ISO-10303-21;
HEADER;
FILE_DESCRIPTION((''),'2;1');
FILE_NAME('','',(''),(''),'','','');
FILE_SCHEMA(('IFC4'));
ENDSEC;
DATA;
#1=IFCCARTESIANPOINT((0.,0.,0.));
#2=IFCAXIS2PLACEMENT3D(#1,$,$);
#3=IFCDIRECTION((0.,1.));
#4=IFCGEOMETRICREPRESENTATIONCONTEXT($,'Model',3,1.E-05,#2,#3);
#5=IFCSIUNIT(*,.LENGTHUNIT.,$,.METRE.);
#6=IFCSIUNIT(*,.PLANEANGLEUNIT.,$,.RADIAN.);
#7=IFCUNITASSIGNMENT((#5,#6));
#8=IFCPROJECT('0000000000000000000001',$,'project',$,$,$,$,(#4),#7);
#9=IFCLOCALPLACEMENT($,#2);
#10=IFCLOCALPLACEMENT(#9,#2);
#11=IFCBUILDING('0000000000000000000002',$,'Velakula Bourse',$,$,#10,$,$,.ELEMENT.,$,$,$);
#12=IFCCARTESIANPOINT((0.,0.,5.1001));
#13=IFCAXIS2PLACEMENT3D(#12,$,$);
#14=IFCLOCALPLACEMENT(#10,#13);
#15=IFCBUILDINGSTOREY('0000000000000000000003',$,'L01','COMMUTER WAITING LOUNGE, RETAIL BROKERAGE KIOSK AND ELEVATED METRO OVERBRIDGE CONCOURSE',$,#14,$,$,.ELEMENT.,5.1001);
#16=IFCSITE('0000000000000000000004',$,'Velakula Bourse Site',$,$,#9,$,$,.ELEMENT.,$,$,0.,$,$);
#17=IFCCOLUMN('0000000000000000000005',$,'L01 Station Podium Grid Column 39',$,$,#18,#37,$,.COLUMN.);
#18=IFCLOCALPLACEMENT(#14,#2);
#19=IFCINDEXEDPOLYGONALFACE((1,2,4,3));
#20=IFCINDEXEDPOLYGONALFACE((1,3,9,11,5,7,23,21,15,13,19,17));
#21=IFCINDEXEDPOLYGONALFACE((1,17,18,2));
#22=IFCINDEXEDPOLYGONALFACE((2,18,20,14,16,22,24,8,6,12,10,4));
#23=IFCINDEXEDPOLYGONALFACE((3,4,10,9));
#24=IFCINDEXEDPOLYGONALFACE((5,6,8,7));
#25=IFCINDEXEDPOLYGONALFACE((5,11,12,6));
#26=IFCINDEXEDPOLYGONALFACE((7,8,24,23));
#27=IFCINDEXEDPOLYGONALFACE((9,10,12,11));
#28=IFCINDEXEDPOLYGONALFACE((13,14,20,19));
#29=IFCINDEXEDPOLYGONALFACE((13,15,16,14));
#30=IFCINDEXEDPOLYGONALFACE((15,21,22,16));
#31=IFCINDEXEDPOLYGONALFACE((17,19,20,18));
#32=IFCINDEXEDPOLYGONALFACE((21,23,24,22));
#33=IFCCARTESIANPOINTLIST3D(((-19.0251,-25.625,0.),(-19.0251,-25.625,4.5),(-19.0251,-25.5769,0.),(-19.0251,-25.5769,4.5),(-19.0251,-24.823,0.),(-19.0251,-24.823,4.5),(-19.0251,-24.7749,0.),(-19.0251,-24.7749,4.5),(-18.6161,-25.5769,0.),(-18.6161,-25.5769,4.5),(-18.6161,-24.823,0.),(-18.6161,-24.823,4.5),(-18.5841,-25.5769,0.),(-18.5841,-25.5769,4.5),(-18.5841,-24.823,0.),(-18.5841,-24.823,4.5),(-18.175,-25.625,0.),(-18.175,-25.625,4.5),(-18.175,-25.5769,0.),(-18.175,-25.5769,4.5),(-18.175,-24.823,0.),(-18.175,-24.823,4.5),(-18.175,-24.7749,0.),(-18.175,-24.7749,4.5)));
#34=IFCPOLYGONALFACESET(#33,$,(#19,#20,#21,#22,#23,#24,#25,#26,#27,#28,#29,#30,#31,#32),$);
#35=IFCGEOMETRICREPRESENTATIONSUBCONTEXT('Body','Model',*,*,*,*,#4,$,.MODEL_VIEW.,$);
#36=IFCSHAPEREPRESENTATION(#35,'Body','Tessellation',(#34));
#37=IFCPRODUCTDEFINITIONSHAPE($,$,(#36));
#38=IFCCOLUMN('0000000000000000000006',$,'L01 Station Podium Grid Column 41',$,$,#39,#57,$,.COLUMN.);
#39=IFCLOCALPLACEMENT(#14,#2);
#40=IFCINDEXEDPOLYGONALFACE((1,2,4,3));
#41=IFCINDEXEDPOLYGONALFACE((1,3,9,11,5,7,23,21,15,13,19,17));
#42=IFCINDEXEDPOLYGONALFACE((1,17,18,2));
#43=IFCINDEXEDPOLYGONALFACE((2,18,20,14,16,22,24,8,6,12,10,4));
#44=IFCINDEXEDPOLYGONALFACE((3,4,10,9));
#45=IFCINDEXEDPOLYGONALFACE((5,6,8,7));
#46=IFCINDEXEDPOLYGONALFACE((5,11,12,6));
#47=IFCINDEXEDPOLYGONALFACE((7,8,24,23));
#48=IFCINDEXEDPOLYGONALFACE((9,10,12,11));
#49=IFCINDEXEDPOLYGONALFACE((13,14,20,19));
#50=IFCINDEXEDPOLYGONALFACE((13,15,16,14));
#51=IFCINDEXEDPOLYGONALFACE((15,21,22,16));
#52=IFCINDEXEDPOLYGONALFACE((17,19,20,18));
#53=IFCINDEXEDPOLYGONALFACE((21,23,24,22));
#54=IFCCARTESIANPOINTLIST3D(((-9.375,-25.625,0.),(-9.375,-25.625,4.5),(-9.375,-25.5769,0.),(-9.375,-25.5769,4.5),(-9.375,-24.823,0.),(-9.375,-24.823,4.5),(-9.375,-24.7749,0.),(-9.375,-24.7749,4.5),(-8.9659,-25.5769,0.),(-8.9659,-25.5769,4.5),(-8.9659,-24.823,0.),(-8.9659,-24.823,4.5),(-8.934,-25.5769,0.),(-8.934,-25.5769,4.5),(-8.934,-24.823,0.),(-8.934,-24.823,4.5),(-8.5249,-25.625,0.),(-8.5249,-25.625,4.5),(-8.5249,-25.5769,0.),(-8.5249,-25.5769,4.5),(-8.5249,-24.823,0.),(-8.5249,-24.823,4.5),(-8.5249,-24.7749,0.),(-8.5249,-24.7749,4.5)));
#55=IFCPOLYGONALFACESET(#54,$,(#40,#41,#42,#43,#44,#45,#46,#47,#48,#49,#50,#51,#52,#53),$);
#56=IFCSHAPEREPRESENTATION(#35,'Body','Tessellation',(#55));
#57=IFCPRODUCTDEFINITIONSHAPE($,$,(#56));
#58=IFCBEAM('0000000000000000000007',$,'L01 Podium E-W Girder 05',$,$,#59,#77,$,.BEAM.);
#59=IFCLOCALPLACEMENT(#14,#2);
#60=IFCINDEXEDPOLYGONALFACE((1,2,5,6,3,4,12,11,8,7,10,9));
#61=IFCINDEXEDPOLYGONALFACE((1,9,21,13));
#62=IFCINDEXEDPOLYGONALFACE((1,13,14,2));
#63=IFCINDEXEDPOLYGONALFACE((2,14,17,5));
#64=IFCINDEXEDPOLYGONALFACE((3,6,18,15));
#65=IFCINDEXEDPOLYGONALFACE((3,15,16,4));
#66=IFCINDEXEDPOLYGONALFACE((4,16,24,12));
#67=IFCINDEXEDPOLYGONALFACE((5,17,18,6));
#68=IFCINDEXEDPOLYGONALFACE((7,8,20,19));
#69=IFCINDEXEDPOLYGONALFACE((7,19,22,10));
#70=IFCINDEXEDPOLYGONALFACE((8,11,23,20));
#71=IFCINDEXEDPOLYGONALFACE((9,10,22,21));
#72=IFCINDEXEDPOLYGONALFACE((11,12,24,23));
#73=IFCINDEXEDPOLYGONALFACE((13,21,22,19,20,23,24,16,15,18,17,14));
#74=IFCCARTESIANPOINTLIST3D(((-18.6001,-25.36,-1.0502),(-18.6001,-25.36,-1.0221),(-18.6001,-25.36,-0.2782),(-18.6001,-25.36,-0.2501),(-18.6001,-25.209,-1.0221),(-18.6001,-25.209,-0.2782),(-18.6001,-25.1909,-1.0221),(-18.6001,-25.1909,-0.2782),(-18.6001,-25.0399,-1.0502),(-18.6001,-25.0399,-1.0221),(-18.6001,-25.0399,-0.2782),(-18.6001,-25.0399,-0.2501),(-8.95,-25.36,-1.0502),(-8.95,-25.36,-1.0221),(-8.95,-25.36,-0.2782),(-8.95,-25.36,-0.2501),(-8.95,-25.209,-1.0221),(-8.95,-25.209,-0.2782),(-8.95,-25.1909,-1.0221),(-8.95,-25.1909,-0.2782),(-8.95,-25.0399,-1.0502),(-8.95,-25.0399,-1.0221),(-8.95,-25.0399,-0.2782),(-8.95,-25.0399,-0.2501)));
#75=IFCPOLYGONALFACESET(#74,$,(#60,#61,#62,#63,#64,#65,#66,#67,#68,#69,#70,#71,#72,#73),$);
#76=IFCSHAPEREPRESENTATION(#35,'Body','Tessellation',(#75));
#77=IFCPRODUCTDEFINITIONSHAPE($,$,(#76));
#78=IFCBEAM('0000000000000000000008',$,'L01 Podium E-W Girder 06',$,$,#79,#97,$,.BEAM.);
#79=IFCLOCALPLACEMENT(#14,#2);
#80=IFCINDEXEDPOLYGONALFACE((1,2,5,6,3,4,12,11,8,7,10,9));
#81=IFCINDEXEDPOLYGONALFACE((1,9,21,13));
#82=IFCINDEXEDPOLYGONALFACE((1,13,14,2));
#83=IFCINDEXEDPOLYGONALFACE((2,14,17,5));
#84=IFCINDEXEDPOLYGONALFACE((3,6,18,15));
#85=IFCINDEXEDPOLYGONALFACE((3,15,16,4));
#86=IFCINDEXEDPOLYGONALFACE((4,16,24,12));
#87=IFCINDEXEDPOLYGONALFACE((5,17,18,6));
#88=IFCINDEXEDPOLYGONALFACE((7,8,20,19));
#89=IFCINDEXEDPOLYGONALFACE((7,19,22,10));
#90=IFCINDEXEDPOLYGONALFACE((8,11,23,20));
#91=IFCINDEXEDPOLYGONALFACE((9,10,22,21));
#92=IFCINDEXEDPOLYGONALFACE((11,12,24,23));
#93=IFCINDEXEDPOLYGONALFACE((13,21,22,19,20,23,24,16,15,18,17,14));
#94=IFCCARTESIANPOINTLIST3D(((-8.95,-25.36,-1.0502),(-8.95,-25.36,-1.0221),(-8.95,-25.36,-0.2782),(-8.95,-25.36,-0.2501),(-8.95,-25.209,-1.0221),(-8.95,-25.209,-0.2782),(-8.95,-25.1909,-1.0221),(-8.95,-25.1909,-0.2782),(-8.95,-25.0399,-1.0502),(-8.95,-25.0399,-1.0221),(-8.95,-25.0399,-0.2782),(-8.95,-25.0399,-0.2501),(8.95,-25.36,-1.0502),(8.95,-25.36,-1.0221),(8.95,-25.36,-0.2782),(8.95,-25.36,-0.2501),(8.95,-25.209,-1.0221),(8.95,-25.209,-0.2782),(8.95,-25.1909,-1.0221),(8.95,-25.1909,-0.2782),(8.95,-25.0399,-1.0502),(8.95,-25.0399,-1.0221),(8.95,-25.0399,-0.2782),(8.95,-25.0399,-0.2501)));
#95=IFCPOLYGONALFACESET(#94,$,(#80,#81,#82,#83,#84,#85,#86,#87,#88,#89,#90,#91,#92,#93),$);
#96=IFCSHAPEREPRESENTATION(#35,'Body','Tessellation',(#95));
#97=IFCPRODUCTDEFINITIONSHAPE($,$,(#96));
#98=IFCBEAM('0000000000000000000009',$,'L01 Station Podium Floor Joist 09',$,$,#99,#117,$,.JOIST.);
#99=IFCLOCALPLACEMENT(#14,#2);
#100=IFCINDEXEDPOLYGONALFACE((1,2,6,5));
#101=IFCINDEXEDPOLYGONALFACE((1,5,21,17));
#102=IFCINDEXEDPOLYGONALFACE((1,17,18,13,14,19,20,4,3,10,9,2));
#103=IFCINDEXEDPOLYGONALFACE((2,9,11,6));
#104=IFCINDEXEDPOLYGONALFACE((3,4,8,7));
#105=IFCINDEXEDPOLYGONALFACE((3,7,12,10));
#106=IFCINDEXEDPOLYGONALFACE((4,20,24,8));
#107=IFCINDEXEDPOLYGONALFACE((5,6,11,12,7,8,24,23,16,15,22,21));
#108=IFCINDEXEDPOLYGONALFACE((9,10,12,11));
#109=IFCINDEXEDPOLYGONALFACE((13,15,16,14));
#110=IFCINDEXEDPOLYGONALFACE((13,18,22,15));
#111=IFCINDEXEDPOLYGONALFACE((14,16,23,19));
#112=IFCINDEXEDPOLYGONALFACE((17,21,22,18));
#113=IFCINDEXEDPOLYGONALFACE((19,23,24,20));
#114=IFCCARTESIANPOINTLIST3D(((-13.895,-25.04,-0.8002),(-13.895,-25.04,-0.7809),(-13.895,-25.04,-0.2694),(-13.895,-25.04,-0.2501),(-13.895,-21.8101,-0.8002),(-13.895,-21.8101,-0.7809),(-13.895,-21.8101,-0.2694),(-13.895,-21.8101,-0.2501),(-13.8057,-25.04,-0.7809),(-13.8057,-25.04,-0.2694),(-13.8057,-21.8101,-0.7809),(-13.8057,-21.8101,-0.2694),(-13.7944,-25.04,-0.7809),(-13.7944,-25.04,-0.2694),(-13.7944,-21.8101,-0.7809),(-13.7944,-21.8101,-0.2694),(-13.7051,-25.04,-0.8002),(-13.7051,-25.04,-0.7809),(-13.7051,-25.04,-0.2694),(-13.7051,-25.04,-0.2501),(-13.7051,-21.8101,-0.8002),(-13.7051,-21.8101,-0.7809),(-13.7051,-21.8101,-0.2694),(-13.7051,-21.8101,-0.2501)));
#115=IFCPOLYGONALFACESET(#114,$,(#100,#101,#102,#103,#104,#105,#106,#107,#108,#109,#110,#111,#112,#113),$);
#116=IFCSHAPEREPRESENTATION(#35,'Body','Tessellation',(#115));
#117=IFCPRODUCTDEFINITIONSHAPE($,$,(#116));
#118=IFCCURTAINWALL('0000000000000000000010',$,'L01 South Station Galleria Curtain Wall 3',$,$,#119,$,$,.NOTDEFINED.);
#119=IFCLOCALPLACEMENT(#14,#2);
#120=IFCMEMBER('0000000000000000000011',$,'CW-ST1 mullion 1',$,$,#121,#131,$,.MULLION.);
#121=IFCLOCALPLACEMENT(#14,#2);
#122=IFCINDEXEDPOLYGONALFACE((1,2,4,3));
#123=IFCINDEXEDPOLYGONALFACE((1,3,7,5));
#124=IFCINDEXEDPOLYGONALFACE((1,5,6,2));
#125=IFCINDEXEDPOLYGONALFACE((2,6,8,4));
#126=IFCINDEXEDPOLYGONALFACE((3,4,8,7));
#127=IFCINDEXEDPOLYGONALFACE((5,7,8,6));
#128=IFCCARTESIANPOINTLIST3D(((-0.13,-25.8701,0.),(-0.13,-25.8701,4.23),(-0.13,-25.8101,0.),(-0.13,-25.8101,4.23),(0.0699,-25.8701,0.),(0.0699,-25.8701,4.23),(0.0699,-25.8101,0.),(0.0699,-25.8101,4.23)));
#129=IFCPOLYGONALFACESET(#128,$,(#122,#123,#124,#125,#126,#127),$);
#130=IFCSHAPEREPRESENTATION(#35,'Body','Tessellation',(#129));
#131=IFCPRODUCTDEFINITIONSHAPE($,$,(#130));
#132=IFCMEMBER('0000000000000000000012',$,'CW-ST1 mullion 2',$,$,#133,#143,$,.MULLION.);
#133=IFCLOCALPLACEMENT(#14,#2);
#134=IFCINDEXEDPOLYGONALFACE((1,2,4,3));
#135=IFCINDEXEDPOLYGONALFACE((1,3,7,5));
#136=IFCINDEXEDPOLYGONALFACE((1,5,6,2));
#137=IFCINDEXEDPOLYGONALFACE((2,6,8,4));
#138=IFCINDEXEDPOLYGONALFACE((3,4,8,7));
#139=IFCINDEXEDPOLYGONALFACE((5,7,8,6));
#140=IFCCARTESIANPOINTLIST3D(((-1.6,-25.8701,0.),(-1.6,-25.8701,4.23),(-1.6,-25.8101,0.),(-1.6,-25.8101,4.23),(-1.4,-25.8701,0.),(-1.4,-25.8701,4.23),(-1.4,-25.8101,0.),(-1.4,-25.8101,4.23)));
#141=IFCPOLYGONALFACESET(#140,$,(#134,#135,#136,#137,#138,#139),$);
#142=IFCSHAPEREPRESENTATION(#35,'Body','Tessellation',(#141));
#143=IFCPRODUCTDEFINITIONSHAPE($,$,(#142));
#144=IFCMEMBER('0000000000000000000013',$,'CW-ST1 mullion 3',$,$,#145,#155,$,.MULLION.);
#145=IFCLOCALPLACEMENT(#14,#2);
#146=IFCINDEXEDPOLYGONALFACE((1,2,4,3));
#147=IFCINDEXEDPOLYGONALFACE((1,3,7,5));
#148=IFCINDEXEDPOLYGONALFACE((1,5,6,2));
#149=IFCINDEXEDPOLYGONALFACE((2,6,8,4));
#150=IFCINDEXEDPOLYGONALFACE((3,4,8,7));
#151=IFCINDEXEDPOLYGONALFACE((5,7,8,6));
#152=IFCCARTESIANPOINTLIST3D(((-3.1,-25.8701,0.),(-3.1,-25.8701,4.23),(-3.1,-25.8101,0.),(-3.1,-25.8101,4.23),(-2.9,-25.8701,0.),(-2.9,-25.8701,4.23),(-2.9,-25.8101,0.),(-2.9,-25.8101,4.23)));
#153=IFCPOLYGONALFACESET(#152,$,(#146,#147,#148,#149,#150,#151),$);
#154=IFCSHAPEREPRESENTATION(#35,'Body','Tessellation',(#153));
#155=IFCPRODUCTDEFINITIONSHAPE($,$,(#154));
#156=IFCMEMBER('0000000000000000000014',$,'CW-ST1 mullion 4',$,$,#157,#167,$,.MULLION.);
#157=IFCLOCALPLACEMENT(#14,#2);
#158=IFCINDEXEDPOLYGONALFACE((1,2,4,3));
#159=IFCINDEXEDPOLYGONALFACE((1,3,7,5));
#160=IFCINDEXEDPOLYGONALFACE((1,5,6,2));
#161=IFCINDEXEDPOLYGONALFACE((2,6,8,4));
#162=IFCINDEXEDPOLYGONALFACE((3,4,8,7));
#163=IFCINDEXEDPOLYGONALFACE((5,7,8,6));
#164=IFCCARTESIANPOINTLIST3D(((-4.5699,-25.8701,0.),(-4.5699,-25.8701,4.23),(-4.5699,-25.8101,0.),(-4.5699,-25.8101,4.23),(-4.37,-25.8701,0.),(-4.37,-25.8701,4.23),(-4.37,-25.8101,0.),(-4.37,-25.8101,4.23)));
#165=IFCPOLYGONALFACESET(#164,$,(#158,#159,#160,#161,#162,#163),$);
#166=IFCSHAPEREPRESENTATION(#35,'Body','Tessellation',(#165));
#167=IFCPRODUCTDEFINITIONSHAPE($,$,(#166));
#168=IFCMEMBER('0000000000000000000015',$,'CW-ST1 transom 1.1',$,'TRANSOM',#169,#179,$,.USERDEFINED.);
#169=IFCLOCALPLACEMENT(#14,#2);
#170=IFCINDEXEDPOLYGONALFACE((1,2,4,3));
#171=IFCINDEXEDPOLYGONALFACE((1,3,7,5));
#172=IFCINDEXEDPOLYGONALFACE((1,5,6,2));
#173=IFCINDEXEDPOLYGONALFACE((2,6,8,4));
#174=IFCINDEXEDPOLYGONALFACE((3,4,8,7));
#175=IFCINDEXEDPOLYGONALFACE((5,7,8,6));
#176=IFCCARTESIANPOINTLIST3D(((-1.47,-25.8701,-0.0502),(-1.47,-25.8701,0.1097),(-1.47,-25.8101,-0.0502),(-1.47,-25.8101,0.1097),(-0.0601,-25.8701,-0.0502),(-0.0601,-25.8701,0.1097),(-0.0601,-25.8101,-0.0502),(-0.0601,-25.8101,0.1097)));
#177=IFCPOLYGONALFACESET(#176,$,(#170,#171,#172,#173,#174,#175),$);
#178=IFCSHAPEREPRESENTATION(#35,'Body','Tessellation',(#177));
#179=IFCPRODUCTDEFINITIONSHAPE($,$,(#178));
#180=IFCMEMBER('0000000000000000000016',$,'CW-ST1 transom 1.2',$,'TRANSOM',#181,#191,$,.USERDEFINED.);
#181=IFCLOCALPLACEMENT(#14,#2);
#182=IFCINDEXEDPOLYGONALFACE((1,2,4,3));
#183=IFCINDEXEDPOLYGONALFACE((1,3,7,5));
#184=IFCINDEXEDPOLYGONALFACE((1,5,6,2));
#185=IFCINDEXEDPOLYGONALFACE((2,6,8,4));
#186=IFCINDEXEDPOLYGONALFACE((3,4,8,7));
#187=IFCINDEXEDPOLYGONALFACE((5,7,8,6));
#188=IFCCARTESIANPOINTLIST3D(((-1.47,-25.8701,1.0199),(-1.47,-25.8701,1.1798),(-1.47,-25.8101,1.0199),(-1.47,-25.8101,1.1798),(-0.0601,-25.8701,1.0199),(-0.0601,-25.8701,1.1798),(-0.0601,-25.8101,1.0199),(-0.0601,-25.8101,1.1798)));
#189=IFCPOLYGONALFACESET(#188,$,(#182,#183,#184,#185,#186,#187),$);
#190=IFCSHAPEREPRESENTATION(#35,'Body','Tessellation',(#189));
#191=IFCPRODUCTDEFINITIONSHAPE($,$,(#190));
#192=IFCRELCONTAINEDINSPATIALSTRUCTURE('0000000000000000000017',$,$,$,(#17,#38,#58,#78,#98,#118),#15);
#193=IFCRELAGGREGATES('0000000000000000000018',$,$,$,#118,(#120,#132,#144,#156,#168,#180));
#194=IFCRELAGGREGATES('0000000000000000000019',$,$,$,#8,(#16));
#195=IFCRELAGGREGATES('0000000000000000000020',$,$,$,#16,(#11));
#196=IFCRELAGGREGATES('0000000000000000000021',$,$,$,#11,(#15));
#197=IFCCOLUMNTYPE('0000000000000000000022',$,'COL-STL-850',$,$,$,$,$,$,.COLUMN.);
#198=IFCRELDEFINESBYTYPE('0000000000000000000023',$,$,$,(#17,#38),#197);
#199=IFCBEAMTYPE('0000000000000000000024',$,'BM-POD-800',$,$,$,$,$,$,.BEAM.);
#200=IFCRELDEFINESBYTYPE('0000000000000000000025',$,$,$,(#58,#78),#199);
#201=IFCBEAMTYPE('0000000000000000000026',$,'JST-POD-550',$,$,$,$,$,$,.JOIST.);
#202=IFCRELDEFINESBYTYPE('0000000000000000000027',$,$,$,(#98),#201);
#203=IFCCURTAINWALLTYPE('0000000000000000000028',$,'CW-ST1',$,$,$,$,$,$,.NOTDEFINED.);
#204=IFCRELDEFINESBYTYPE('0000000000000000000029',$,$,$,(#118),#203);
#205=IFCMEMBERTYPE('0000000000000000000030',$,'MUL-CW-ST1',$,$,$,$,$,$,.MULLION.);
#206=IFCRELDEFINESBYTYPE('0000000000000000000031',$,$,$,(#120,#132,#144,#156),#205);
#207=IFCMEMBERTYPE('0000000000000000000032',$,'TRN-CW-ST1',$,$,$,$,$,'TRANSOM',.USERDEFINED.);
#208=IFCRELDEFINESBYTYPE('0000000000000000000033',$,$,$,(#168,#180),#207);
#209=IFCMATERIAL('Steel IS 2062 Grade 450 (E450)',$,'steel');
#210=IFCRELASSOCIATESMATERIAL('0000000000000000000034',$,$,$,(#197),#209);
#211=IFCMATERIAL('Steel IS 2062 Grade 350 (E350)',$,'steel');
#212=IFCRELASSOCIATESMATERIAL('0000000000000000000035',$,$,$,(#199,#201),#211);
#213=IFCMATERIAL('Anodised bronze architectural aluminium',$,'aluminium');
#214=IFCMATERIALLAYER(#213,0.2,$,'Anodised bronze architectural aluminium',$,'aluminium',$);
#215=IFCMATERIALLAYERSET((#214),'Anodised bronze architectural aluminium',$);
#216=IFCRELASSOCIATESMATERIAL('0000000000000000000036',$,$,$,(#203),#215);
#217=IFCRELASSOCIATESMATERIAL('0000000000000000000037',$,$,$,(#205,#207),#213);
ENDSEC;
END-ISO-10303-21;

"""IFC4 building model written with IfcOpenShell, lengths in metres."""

from ifc_helpers import new_model, si_unit, direction, frame, origin, origin_2d, place, context, subcontext, project, spatial, rectangle, i_section, extrude, material, layer, layer_set, material_profile, profile_set, type_object, element, aggregate, save


model = new_model("IFC4")

# Units and contexts
model_context = context("Model", 3, precision=1e-05, world=origin(), true_north=direction((0.0, 1.0)))
body_context = subcontext(model_context, "Body", "Model", "MODEL_VIEW")
ifc_project = project(units=[si_unit("LENGTHUNIT", "METRE"), si_unit("PLANEANGLEUNIT", "RADIAN")], contexts=[model_context])

# Site, building, storey
site_placement = place(None, origin())
site = spatial("IfcSite", under=ifc_project, at=site_placement, Name="Velakula Bourse Site", CompositionType="ELEMENT", RefElevation=0.0)
building_placement = place(site_placement, origin())
building = spatial("IfcBuilding", under=site, at=building_placement, Name="Velakula Bourse", CompositionType="ELEMENT")
storey_placement = place(building_placement, frame((0.0, 0.0, 5.1001)))
storey = spatial("IfcBuildingStorey", under=building, at=storey_placement, Name="L01", Description="COMMUTER WAITING LOUNGE, RETAIL BROKERAGE KIOSK AND ELEVATED METRO OVERBRIDGE CONCOURSE", CompositionType="ELEMENT", Elevation=5.1001)

# Columns
ifc_material_1 = material(Name="Steel IS 2062 Grade 450 (E450)", Category="steel")
ifc_material_profile_1 = material_profile(ifc_material_1, i_section(OverallWidth=0.8501, OverallDepth=0.8501, WebThickness=0.032, FlangeThickness=0.0481, at=origin_2d()), Name="Steel IS 2062 Grade 450 (E450)")
ifc_profile_set_1 = profile_set([ifc_material_profile_1], Name="Steel IS 2062 Grade 450 (E450)")
column_type = type_object("IfcColumnType", Name="COL-STL-850", PredefinedType="COLUMN", material=ifc_profile_set_1)
for number, where, z_axis, x_axis, name in (
    (1, (-18.6001, -25.2, 0.0), (0.0, 0.0, 1.0), (1.0, 0.0, 0.0), "L01 Station Podium Grid Column 39"),
    (2, (-8.95, -25.2, 0.0), (0.0, 0.0, 1.0), (1.0, 0.0, 0.0), "L01 Station Podium Grid Column 41"),
):
    element("IfcColumn", number, at=place(storey_placement, frame(where, z_axis=z_axis, x_axis=x_axis)), inside=storey, type_object=column_type, Name=name, PredefinedType="COLUMN", context=body_context, shape_type="SweptSolid", body=[
        extrude(i_section(OverallWidth=0.8501, OverallDepth=0.8501, WebThickness=0.032, FlangeThickness=0.0481, at=origin_2d()), origin(), (0.0, 0.0, 1.0), 4.5),
    ])

# Beams
ifc_material_2 = material(Name="Steel IS 2062 Grade 350 (E350)", Category="steel")
ifc_material_profile_2 = material_profile(ifc_material_2, i_section(OverallWidth=0.3201, OverallDepth=0.8, WebThickness=0.0181, FlangeThickness=0.0281, at=origin_2d()), Name="Steel IS 2062 Grade 350 (E350)")
ifc_profile_set_2 = profile_set([ifc_material_profile_2], Name="Steel IS 2062 Grade 350 (E350)")
beam_type_1 = type_object("IfcBeamType", Name="BM-POD-800", PredefinedType="BEAM", material=ifc_profile_set_2)
beam_1_placement = place(storey_placement, frame((-18.6001, -25.2, -0.6501), z_axis=(1.0, 0.0, 0.0), x_axis=(0.0, 1.0, 0.0)))
element("IfcBeam", 3, at=beam_1_placement, inside=storey, type_object=beam_type_1, Name="L01 Podium E-W Girder 05", PredefinedType="BEAM", context=body_context, shape_type="SweptSolid", body=[
    extrude(i_section(OverallWidth=0.3201, OverallDepth=0.8, WebThickness=0.0181, FlangeThickness=0.0281, at=origin_2d()), origin(), (0.0, 0.0, 1.0), 9.6501),
])
beam_2_placement = place(storey_placement, frame((-8.95, -25.2, -0.6501), z_axis=(1.0, 0.0, 0.0), x_axis=(0.0, 1.0, 0.0)))
element("IfcBeam", 4, at=beam_2_placement, inside=storey, type_object=beam_type_1, Name="L01 Podium E-W Girder 06", PredefinedType="BEAM", context=body_context, shape_type="SweptSolid", body=[
    extrude(i_section(OverallWidth=0.3201, OverallDepth=0.8, WebThickness=0.0181, FlangeThickness=0.0281, at=origin_2d()), origin(), (0.0, 0.0, 1.0), 17.8999),
])
ifc_material_profile_3 = material_profile(ifc_material_2, i_section(OverallWidth=0.1899, OverallDepth=0.55, WebThickness=0.0112, FlangeThickness=0.0193, at=origin_2d()), Name="Steel IS 2062 Grade 350 (E350)")
ifc_profile_set_3 = profile_set([ifc_material_profile_3], Name="Steel IS 2062 Grade 350 (E350)")
beam_type_2 = type_object("IfcBeamType", Name="JST-POD-550", PredefinedType="JOIST", material=ifc_profile_set_3)
beam_3_placement = place(storey_placement, frame((-13.8, -25.04, -0.5251), z_axis=(0.0, 1.0, 0.0), x_axis=(-1.0, 0.0, 0.0)))
element("IfcBeam", 5, at=beam_3_placement, inside=storey, type_object=beam_type_2, Name="L01 Station Podium Floor Joist 09", PredefinedType="JOIST", context=body_context, shape_type="SweptSolid", body=[
    extrude(i_section(OverallWidth=0.1899, OverallDepth=0.55, WebThickness=0.0112, FlangeThickness=0.0193, at=origin_2d()), origin(), (0.0, 0.0, 1.0), 3.23),
])

# Curtain wall, members
ifc_material_3 = material(Name="Anodised bronze architectural aluminium", Category="aluminium")
ifc_layer_1 = layer(ifc_material_3, 0.2, Name="Anodised bronze architectural aluminium", Category="aluminium")
ifc_layer_set_1 = layer_set([ifc_layer_1], Name="Anodised bronze architectural aluminium")
curtain_wall_type = type_object("IfcCurtainWallType", Name="CW-ST1", PredefinedType="NOTDEFINED", material=ifc_layer_set_1)
curtain_wall_placement = place(storey_placement, origin())
curtain_wall = element("IfcCurtainWall", 6, at=curtain_wall_placement, inside=storey, type_object=curtain_wall_type, Name="L01 South Station Galleria Curtain Wall 3", PredefinedType="NOTDEFINED")
ifc_material_profile_4 = material_profile(ifc_material_3, rectangle(XDim=0.0601, YDim=0.2, at=origin_2d()), Name="Anodised bronze architectural aluminium")
ifc_profile_set_4 = profile_set([ifc_material_profile_4], Name="Anodised bronze architectural aluminium")
member_type_1 = type_object("IfcMemberType", Name="MUL-CW-ST1", PredefinedType="MULLION", material=ifc_profile_set_4)
member_1_placement = place(storey_placement, frame((-0.03, -25.8401, 0.0), z_axis=(0.0, 0.0, 1.0), x_axis=(0.0, -1.0, 0.0)))
member_1 = element("IfcMember", 7, at=member_1_placement, type_object=member_type_1, Name="CW-ST1 mullion 1", PredefinedType="MULLION", context=body_context, shape_type="SweptSolid", body=[
    extrude(rectangle(XDim=0.0601, YDim=0.2, at=origin_2d()), origin(), (0.0, 0.0, 1.0), 4.23),
])
member_2_placement = place(storey_placement, frame((-1.5, -25.8401, 0.0), z_axis=(0.0, 0.0, 1.0), x_axis=(0.0, -1.0, 0.0)))
member_2 = element("IfcMember", 8, at=member_2_placement, type_object=member_type_1, Name="CW-ST1 mullion 2", PredefinedType="MULLION", context=body_context, shape_type="SweptSolid", body=[
    extrude(rectangle(XDim=0.0601, YDim=0.2, at=origin_2d()), origin(), (0.0, 0.0, 1.0), 4.23),
])
member_3_placement = place(storey_placement, frame((-3.0, -25.8401, 0.0), z_axis=(0.0, 0.0, 1.0), x_axis=(0.0, -1.0, 0.0)))
member_3 = element("IfcMember", 9, at=member_3_placement, type_object=member_type_1, Name="CW-ST1 mullion 3", PredefinedType="MULLION", context=body_context, shape_type="SweptSolid", body=[
    extrude(rectangle(XDim=0.0601, YDim=0.2, at=origin_2d()), origin(), (0.0, 0.0, 1.0), 4.23),
])
member_4_placement = place(storey_placement, frame((-4.47, -25.8401, 0.0), z_axis=(0.0, 0.0, 1.0), x_axis=(0.0, -1.0, 0.0)))
member_4 = element("IfcMember", 10, at=member_4_placement, type_object=member_type_1, Name="CW-ST1 mullion 4", PredefinedType="MULLION", context=body_context, shape_type="SweptSolid", body=[
    extrude(rectangle(XDim=0.0601, YDim=0.2, at=origin_2d()), origin(), (0.0, 0.0, 1.0), 4.23),
])
ifc_material_profile_5 = material_profile(ifc_material_3, rectangle(XDim=0.0601, YDim=0.1599, at=origin_2d()), Name="Anodised bronze architectural aluminium")
ifc_profile_set_5 = profile_set([ifc_material_profile_5], Name="Anodised bronze architectural aluminium")
member_type_2 = type_object("IfcMemberType", Name="TRN-CW-ST1", ElementType="TRANSOM", PredefinedType="USERDEFINED", material=ifc_profile_set_5)
member_5_placement = place(storey_placement, frame((-0.0601, -25.8401, 0.0298), z_axis=(-1.0, 0.0, 0.0), x_axis=(0.0, -1.0, 0.0)))
member_5 = element("IfcMember", 11, at=member_5_placement, type_object=member_type_2, Name="CW-ST1 transom 1.1", ObjectType="TRANSOM", PredefinedType="USERDEFINED", context=body_context, shape_type="SweptSolid", body=[
    extrude(rectangle(XDim=0.0601, YDim=0.1599, at=origin_2d()), origin(), (0.0, 0.0, 1.0), 1.4099),
])
member_6_placement = place(storey_placement, frame((-0.0601, -25.8401, 1.0999), z_axis=(-1.0, 0.0, 0.0), x_axis=(0.0, -1.0, 0.0)))
member_6 = element("IfcMember", 12, at=member_6_placement, type_object=member_type_2, Name="CW-ST1 transom 1.2", ObjectType="TRANSOM", PredefinedType="USERDEFINED", context=body_context, shape_type="SweptSolid", body=[
    extrude(rectangle(XDim=0.0601, YDim=0.1599, at=origin_2d()), origin(), (0.0, 0.0, 1.0), 1.4099),
])
aggregate(curtain_wall, [member_1, member_2, member_3, member_4, member_5, member_6])

save(model, "model.ifc")
